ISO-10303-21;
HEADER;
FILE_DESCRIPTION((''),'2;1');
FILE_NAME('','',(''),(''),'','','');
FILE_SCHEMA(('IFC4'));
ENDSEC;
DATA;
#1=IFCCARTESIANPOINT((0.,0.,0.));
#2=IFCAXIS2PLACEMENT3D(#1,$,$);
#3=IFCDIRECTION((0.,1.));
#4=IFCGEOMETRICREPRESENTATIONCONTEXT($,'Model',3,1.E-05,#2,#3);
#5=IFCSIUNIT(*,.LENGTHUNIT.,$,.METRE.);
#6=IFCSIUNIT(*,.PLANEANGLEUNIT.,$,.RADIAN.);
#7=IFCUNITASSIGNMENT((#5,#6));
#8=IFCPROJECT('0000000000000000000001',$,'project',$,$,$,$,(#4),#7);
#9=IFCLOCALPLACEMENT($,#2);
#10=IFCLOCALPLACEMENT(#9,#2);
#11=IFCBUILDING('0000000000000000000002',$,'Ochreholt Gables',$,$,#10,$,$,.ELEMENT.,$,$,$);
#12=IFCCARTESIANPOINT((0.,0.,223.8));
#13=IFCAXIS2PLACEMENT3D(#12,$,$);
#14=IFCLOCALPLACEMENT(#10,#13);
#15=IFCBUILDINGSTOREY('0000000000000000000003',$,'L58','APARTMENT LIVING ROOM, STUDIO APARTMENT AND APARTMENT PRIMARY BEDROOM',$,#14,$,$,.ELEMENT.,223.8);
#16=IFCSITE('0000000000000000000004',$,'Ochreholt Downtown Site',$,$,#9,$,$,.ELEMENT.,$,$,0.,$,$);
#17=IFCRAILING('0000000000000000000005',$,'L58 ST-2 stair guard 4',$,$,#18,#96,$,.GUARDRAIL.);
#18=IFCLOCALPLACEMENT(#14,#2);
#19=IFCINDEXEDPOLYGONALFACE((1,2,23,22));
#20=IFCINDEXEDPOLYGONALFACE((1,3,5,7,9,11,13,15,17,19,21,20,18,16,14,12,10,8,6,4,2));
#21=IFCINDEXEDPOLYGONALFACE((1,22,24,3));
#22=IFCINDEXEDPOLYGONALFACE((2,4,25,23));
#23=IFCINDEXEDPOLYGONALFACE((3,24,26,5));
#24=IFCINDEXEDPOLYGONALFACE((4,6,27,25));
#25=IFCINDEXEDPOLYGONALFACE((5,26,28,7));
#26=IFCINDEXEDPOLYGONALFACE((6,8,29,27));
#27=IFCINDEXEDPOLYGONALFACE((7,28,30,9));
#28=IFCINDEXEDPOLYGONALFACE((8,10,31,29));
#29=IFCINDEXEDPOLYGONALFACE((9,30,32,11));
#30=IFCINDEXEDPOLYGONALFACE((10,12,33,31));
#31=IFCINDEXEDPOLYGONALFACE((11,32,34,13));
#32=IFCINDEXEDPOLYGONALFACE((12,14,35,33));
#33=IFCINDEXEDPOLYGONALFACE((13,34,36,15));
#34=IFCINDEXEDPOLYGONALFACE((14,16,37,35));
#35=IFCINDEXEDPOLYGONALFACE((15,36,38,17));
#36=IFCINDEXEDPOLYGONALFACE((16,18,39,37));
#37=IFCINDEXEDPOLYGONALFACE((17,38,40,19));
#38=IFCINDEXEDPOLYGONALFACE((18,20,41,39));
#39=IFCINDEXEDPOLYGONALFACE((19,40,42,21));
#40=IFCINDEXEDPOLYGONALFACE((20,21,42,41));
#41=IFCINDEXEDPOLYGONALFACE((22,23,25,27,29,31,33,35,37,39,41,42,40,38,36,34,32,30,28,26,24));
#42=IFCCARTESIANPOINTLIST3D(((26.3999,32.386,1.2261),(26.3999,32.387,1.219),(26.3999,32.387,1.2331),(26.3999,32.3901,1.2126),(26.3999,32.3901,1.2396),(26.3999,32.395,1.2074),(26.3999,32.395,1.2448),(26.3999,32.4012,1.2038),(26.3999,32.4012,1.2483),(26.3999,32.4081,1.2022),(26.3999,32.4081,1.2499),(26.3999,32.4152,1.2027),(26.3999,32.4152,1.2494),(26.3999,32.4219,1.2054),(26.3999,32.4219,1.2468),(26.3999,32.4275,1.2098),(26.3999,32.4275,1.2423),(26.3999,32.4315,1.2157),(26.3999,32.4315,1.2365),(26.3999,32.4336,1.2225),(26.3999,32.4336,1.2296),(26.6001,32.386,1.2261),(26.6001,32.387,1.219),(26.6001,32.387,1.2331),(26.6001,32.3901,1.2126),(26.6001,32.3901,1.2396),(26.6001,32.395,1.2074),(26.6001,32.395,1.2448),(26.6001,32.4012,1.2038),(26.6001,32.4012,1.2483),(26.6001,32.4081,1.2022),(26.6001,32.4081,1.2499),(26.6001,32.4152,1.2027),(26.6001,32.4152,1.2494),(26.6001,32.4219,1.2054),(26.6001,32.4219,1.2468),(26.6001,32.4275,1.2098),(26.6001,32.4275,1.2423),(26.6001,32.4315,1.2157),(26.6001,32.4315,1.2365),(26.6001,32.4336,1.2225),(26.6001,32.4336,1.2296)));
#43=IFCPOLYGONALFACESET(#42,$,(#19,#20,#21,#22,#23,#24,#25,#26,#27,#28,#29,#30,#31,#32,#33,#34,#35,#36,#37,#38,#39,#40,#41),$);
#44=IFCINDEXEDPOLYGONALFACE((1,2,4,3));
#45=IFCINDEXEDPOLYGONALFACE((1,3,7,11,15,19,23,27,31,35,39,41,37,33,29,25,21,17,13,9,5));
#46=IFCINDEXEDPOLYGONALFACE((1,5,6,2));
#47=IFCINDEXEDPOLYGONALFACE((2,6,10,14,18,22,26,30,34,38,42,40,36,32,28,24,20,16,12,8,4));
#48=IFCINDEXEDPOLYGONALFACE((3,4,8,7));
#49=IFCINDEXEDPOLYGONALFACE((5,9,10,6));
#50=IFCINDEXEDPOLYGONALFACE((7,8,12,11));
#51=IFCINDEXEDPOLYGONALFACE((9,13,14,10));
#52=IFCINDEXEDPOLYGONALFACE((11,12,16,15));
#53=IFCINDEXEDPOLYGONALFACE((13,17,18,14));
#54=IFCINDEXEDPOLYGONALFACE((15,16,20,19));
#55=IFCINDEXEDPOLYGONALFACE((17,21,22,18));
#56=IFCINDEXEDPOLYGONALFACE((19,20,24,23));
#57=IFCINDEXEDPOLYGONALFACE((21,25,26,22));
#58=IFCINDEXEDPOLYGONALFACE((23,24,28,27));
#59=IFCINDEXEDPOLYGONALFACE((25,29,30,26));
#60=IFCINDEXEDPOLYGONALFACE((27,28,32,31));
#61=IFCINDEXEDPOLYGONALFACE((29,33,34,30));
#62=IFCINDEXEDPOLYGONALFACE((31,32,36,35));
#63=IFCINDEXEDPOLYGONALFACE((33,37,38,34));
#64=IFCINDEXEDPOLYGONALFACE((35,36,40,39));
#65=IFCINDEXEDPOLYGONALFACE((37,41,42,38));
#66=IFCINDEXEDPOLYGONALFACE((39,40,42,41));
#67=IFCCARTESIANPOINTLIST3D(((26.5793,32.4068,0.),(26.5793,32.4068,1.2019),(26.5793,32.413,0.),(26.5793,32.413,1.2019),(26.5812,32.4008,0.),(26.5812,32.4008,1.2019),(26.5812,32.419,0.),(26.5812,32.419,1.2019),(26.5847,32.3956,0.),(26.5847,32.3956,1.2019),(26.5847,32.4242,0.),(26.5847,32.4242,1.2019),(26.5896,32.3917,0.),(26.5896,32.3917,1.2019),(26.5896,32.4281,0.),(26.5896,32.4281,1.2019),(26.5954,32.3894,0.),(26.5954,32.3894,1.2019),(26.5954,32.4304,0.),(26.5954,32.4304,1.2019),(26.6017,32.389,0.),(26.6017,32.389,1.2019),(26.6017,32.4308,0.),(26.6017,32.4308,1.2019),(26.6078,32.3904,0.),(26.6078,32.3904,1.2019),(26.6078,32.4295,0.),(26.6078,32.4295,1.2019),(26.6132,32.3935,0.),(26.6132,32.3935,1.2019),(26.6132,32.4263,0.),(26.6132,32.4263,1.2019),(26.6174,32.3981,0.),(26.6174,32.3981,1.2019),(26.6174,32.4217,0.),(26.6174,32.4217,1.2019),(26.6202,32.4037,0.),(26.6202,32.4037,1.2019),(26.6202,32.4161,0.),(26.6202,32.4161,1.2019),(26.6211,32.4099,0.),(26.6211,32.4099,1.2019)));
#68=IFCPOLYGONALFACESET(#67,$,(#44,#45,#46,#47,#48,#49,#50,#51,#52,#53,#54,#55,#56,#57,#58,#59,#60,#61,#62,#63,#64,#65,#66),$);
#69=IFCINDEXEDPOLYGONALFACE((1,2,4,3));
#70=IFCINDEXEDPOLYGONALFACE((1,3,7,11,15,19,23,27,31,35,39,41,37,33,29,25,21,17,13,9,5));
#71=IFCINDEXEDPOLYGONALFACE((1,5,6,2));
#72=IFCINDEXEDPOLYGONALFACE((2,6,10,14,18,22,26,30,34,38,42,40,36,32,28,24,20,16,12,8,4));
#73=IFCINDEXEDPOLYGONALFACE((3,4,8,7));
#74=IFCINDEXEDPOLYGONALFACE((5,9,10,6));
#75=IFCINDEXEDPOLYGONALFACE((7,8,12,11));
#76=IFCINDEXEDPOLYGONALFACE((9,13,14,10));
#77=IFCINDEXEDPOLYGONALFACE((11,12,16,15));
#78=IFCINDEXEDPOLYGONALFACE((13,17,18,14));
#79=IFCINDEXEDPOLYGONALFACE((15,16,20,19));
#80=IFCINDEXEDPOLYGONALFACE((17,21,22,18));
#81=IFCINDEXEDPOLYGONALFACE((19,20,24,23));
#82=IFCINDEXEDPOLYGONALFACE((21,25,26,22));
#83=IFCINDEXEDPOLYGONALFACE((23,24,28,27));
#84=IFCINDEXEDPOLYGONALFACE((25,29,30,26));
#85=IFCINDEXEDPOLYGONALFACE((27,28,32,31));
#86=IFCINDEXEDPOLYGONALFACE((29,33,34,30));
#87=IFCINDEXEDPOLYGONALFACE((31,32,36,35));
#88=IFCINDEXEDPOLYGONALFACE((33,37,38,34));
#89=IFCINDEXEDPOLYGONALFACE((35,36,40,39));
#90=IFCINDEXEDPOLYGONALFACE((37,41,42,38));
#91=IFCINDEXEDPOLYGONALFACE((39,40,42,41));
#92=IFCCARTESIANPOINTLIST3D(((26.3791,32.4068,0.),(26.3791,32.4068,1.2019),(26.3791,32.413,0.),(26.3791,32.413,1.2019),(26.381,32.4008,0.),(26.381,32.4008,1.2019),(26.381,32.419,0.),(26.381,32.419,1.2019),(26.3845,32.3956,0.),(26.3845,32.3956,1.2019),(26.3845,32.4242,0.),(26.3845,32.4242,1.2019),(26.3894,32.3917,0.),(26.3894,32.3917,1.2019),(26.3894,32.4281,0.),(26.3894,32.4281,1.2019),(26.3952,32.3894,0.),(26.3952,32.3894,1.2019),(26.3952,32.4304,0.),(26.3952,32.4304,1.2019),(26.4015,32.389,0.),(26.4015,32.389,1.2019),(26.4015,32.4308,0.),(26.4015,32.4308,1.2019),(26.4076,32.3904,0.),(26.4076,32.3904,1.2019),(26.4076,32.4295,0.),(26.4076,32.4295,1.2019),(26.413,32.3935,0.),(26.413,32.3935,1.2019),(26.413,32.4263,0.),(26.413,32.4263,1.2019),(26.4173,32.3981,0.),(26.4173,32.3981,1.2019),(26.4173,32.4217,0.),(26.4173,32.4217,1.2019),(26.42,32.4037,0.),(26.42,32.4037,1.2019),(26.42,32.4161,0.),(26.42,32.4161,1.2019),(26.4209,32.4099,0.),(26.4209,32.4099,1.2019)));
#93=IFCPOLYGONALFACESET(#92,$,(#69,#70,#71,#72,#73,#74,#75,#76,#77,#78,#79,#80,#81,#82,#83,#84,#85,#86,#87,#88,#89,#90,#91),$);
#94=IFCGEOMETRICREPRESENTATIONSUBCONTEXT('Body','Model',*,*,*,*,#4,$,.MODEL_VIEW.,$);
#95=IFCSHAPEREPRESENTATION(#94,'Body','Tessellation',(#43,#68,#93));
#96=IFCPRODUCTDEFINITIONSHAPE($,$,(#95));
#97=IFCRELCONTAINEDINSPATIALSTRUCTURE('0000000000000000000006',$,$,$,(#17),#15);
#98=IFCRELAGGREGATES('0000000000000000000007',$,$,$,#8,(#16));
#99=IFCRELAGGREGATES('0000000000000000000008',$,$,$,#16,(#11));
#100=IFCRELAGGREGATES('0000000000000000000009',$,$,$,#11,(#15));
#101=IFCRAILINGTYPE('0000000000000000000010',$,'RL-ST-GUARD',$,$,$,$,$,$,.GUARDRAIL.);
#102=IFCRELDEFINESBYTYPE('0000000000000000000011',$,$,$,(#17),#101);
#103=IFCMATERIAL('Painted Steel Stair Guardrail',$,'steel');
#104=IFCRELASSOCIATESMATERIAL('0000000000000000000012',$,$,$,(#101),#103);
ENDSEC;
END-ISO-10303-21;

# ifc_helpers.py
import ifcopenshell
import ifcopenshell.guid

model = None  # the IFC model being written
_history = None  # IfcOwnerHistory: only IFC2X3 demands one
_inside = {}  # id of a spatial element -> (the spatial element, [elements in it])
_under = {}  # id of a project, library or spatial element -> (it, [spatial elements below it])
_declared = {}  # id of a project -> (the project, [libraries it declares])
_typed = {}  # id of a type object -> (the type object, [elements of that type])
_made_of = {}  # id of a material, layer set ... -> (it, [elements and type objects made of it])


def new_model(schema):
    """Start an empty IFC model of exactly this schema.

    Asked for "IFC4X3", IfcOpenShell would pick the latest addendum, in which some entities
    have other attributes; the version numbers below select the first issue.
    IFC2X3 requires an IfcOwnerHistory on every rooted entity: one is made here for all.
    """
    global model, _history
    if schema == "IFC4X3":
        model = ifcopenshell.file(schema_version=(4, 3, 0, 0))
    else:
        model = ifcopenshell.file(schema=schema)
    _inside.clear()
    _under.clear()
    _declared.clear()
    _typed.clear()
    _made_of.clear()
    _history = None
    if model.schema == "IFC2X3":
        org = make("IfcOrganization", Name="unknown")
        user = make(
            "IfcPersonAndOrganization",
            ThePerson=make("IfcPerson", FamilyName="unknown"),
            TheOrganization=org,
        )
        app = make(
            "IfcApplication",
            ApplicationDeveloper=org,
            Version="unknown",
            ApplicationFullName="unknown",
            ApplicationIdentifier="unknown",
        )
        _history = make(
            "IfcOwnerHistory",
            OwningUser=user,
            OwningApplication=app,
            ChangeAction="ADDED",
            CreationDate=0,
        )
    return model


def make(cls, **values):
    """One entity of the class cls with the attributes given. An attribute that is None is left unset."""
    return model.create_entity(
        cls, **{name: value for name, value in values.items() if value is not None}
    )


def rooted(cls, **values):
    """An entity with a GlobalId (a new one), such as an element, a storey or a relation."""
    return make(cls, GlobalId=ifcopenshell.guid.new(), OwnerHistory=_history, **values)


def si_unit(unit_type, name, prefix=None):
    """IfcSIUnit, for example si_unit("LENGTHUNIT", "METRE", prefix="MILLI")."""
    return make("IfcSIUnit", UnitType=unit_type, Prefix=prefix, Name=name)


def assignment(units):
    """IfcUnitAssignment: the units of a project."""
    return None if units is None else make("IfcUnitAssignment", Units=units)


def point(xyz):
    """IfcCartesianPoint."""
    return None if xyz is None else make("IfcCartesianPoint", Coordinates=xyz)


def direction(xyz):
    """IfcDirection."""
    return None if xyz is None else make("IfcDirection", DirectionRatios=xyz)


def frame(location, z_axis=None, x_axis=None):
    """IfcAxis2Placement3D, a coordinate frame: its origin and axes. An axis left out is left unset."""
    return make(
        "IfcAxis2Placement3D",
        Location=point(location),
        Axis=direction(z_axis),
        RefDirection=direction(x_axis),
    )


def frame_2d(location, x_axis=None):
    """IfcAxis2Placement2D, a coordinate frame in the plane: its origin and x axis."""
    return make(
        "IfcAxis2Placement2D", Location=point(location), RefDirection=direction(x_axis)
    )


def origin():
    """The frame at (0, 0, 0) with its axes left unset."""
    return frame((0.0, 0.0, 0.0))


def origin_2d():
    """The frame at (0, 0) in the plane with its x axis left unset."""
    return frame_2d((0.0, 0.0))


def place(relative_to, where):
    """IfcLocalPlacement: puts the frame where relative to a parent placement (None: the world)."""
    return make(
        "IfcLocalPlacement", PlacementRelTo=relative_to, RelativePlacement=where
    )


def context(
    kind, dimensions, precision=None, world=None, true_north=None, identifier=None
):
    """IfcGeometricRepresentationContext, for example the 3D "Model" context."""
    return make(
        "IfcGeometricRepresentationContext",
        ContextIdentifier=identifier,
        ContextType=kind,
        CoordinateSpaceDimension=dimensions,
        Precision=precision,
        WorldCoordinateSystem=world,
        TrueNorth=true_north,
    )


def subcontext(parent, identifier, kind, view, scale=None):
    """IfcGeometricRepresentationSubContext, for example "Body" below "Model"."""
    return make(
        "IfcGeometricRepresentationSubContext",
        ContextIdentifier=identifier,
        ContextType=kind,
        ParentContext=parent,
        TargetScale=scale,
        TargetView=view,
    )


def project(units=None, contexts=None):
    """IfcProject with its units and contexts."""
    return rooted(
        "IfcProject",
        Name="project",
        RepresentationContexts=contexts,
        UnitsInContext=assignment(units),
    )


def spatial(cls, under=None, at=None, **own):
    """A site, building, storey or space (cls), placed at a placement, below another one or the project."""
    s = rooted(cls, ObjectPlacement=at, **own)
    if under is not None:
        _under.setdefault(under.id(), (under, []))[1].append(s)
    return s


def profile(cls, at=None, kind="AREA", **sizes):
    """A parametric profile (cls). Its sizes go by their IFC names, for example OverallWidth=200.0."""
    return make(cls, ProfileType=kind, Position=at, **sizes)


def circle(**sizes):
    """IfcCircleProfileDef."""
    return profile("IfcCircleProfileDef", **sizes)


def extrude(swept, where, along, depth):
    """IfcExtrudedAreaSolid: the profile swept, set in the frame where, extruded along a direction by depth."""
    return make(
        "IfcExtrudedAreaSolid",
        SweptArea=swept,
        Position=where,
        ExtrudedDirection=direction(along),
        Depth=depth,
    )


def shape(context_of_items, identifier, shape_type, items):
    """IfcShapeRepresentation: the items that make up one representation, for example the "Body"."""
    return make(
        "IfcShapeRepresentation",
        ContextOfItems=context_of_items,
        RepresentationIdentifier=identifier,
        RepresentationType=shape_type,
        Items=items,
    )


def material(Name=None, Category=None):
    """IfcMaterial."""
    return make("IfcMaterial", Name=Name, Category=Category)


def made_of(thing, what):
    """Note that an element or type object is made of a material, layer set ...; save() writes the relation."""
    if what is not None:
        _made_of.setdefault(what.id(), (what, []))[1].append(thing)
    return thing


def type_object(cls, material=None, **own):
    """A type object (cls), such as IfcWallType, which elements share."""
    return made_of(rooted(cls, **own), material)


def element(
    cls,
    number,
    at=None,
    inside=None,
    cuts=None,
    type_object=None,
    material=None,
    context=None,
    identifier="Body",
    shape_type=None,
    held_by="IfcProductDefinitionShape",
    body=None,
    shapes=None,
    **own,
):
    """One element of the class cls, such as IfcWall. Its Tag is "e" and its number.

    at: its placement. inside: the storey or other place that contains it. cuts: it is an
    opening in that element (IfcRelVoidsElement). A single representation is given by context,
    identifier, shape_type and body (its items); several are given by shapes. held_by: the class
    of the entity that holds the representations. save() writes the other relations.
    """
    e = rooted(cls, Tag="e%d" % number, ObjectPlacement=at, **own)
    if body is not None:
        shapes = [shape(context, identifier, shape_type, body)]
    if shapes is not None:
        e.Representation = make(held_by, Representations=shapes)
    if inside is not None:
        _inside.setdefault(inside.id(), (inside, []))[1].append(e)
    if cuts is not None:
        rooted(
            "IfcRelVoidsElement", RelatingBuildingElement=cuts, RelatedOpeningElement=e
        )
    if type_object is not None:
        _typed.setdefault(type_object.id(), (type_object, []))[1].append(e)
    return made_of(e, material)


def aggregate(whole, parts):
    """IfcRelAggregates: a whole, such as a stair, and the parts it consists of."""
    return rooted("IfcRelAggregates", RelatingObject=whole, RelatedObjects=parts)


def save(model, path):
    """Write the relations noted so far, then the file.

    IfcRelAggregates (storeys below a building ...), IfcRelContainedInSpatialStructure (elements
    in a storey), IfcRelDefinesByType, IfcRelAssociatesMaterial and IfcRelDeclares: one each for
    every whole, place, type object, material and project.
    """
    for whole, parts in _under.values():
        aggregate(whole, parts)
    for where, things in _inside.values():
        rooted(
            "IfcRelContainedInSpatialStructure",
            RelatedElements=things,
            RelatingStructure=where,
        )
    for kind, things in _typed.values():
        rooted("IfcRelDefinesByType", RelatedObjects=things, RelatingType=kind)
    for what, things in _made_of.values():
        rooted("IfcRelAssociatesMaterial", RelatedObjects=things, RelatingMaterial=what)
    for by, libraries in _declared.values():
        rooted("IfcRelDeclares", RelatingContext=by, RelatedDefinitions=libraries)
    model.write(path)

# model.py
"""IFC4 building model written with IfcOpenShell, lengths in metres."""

from ifc_helpers import new_model, si_unit, direction, frame, origin, origin_2d, place, context, subcontext, project, spatial, circle, extrude, material, type_object, element, save


model = new_model("IFC4")

# Units and contexts
model_context = context("Model", 3, precision=1e-05, world=origin(), true_north=direction((0.0, 1.0)))
body_context = subcontext(model_context, "Body", "Model", "MODEL_VIEW")
ifc_project = project(units=[si_unit("LENGTHUNIT", "METRE"), si_unit("PLANEANGLEUNIT", "RADIAN")], contexts=[model_context])

# Site, building, storey
site_placement = place(None, origin())
site = spatial("IfcSite", under=ifc_project, at=site_placement, Name="Ochreholt Downtown Site", CompositionType="ELEMENT", RefElevation=0.0)
building_placement = place(site_placement, origin())
building = spatial("IfcBuilding", under=site, at=building_placement, Name="Ochreholt Gables", CompositionType="ELEMENT")
storey_placement = place(building_placement, frame((0.0, 0.0, 223.8)))
storey = spatial("IfcBuildingStorey", under=building, at=storey_placement, Name="L58", Description="APARTMENT LIVING ROOM, STUDIO APARTMENT AND APARTMENT PRIMARY BEDROOM", CompositionType="ELEMENT", Elevation=223.8)

# Railing
ifc_material_1 = material(Name="Painted Steel Stair Guardrail", Category="steel")
railing_type_1 = type_object("IfcRailingType", Name="RL-ST-GUARD", PredefinedType="GUARDRAIL", material=ifc_material_1)
railing_1_placement = place(storey_placement, frame((26.6001, 32.4099, 0.0)))
element("IfcRailing", 1, at=railing_1_placement, inside=storey, type_object=railing_type_1, Name="L58 ST-2 stair guard 4", PredefinedType="GUARDRAIL", context=body_context, shape_type="SweptSolid", body=[
    extrude(circle(Radius=0.0239, at=origin_2d()), frame((0.0, 0.0, 1.2261), z_axis=(-1.0, 0.0, 0.0), x_axis=(0.0, -1.0, 0.0)), (0.0, 0.0, 1.0), 0.2002),
    extrude(circle(Radius=0.021, at=origin_2d()), origin(), (0.0, 0.0, 1.0), 1.2019),
    extrude(circle(Radius=0.021, at=origin_2d()), frame((-0.2002, 0.0, 0.0)), (0.0, 0.0, 1.0), 1.2019),
])

save(model, "model.ifc")
